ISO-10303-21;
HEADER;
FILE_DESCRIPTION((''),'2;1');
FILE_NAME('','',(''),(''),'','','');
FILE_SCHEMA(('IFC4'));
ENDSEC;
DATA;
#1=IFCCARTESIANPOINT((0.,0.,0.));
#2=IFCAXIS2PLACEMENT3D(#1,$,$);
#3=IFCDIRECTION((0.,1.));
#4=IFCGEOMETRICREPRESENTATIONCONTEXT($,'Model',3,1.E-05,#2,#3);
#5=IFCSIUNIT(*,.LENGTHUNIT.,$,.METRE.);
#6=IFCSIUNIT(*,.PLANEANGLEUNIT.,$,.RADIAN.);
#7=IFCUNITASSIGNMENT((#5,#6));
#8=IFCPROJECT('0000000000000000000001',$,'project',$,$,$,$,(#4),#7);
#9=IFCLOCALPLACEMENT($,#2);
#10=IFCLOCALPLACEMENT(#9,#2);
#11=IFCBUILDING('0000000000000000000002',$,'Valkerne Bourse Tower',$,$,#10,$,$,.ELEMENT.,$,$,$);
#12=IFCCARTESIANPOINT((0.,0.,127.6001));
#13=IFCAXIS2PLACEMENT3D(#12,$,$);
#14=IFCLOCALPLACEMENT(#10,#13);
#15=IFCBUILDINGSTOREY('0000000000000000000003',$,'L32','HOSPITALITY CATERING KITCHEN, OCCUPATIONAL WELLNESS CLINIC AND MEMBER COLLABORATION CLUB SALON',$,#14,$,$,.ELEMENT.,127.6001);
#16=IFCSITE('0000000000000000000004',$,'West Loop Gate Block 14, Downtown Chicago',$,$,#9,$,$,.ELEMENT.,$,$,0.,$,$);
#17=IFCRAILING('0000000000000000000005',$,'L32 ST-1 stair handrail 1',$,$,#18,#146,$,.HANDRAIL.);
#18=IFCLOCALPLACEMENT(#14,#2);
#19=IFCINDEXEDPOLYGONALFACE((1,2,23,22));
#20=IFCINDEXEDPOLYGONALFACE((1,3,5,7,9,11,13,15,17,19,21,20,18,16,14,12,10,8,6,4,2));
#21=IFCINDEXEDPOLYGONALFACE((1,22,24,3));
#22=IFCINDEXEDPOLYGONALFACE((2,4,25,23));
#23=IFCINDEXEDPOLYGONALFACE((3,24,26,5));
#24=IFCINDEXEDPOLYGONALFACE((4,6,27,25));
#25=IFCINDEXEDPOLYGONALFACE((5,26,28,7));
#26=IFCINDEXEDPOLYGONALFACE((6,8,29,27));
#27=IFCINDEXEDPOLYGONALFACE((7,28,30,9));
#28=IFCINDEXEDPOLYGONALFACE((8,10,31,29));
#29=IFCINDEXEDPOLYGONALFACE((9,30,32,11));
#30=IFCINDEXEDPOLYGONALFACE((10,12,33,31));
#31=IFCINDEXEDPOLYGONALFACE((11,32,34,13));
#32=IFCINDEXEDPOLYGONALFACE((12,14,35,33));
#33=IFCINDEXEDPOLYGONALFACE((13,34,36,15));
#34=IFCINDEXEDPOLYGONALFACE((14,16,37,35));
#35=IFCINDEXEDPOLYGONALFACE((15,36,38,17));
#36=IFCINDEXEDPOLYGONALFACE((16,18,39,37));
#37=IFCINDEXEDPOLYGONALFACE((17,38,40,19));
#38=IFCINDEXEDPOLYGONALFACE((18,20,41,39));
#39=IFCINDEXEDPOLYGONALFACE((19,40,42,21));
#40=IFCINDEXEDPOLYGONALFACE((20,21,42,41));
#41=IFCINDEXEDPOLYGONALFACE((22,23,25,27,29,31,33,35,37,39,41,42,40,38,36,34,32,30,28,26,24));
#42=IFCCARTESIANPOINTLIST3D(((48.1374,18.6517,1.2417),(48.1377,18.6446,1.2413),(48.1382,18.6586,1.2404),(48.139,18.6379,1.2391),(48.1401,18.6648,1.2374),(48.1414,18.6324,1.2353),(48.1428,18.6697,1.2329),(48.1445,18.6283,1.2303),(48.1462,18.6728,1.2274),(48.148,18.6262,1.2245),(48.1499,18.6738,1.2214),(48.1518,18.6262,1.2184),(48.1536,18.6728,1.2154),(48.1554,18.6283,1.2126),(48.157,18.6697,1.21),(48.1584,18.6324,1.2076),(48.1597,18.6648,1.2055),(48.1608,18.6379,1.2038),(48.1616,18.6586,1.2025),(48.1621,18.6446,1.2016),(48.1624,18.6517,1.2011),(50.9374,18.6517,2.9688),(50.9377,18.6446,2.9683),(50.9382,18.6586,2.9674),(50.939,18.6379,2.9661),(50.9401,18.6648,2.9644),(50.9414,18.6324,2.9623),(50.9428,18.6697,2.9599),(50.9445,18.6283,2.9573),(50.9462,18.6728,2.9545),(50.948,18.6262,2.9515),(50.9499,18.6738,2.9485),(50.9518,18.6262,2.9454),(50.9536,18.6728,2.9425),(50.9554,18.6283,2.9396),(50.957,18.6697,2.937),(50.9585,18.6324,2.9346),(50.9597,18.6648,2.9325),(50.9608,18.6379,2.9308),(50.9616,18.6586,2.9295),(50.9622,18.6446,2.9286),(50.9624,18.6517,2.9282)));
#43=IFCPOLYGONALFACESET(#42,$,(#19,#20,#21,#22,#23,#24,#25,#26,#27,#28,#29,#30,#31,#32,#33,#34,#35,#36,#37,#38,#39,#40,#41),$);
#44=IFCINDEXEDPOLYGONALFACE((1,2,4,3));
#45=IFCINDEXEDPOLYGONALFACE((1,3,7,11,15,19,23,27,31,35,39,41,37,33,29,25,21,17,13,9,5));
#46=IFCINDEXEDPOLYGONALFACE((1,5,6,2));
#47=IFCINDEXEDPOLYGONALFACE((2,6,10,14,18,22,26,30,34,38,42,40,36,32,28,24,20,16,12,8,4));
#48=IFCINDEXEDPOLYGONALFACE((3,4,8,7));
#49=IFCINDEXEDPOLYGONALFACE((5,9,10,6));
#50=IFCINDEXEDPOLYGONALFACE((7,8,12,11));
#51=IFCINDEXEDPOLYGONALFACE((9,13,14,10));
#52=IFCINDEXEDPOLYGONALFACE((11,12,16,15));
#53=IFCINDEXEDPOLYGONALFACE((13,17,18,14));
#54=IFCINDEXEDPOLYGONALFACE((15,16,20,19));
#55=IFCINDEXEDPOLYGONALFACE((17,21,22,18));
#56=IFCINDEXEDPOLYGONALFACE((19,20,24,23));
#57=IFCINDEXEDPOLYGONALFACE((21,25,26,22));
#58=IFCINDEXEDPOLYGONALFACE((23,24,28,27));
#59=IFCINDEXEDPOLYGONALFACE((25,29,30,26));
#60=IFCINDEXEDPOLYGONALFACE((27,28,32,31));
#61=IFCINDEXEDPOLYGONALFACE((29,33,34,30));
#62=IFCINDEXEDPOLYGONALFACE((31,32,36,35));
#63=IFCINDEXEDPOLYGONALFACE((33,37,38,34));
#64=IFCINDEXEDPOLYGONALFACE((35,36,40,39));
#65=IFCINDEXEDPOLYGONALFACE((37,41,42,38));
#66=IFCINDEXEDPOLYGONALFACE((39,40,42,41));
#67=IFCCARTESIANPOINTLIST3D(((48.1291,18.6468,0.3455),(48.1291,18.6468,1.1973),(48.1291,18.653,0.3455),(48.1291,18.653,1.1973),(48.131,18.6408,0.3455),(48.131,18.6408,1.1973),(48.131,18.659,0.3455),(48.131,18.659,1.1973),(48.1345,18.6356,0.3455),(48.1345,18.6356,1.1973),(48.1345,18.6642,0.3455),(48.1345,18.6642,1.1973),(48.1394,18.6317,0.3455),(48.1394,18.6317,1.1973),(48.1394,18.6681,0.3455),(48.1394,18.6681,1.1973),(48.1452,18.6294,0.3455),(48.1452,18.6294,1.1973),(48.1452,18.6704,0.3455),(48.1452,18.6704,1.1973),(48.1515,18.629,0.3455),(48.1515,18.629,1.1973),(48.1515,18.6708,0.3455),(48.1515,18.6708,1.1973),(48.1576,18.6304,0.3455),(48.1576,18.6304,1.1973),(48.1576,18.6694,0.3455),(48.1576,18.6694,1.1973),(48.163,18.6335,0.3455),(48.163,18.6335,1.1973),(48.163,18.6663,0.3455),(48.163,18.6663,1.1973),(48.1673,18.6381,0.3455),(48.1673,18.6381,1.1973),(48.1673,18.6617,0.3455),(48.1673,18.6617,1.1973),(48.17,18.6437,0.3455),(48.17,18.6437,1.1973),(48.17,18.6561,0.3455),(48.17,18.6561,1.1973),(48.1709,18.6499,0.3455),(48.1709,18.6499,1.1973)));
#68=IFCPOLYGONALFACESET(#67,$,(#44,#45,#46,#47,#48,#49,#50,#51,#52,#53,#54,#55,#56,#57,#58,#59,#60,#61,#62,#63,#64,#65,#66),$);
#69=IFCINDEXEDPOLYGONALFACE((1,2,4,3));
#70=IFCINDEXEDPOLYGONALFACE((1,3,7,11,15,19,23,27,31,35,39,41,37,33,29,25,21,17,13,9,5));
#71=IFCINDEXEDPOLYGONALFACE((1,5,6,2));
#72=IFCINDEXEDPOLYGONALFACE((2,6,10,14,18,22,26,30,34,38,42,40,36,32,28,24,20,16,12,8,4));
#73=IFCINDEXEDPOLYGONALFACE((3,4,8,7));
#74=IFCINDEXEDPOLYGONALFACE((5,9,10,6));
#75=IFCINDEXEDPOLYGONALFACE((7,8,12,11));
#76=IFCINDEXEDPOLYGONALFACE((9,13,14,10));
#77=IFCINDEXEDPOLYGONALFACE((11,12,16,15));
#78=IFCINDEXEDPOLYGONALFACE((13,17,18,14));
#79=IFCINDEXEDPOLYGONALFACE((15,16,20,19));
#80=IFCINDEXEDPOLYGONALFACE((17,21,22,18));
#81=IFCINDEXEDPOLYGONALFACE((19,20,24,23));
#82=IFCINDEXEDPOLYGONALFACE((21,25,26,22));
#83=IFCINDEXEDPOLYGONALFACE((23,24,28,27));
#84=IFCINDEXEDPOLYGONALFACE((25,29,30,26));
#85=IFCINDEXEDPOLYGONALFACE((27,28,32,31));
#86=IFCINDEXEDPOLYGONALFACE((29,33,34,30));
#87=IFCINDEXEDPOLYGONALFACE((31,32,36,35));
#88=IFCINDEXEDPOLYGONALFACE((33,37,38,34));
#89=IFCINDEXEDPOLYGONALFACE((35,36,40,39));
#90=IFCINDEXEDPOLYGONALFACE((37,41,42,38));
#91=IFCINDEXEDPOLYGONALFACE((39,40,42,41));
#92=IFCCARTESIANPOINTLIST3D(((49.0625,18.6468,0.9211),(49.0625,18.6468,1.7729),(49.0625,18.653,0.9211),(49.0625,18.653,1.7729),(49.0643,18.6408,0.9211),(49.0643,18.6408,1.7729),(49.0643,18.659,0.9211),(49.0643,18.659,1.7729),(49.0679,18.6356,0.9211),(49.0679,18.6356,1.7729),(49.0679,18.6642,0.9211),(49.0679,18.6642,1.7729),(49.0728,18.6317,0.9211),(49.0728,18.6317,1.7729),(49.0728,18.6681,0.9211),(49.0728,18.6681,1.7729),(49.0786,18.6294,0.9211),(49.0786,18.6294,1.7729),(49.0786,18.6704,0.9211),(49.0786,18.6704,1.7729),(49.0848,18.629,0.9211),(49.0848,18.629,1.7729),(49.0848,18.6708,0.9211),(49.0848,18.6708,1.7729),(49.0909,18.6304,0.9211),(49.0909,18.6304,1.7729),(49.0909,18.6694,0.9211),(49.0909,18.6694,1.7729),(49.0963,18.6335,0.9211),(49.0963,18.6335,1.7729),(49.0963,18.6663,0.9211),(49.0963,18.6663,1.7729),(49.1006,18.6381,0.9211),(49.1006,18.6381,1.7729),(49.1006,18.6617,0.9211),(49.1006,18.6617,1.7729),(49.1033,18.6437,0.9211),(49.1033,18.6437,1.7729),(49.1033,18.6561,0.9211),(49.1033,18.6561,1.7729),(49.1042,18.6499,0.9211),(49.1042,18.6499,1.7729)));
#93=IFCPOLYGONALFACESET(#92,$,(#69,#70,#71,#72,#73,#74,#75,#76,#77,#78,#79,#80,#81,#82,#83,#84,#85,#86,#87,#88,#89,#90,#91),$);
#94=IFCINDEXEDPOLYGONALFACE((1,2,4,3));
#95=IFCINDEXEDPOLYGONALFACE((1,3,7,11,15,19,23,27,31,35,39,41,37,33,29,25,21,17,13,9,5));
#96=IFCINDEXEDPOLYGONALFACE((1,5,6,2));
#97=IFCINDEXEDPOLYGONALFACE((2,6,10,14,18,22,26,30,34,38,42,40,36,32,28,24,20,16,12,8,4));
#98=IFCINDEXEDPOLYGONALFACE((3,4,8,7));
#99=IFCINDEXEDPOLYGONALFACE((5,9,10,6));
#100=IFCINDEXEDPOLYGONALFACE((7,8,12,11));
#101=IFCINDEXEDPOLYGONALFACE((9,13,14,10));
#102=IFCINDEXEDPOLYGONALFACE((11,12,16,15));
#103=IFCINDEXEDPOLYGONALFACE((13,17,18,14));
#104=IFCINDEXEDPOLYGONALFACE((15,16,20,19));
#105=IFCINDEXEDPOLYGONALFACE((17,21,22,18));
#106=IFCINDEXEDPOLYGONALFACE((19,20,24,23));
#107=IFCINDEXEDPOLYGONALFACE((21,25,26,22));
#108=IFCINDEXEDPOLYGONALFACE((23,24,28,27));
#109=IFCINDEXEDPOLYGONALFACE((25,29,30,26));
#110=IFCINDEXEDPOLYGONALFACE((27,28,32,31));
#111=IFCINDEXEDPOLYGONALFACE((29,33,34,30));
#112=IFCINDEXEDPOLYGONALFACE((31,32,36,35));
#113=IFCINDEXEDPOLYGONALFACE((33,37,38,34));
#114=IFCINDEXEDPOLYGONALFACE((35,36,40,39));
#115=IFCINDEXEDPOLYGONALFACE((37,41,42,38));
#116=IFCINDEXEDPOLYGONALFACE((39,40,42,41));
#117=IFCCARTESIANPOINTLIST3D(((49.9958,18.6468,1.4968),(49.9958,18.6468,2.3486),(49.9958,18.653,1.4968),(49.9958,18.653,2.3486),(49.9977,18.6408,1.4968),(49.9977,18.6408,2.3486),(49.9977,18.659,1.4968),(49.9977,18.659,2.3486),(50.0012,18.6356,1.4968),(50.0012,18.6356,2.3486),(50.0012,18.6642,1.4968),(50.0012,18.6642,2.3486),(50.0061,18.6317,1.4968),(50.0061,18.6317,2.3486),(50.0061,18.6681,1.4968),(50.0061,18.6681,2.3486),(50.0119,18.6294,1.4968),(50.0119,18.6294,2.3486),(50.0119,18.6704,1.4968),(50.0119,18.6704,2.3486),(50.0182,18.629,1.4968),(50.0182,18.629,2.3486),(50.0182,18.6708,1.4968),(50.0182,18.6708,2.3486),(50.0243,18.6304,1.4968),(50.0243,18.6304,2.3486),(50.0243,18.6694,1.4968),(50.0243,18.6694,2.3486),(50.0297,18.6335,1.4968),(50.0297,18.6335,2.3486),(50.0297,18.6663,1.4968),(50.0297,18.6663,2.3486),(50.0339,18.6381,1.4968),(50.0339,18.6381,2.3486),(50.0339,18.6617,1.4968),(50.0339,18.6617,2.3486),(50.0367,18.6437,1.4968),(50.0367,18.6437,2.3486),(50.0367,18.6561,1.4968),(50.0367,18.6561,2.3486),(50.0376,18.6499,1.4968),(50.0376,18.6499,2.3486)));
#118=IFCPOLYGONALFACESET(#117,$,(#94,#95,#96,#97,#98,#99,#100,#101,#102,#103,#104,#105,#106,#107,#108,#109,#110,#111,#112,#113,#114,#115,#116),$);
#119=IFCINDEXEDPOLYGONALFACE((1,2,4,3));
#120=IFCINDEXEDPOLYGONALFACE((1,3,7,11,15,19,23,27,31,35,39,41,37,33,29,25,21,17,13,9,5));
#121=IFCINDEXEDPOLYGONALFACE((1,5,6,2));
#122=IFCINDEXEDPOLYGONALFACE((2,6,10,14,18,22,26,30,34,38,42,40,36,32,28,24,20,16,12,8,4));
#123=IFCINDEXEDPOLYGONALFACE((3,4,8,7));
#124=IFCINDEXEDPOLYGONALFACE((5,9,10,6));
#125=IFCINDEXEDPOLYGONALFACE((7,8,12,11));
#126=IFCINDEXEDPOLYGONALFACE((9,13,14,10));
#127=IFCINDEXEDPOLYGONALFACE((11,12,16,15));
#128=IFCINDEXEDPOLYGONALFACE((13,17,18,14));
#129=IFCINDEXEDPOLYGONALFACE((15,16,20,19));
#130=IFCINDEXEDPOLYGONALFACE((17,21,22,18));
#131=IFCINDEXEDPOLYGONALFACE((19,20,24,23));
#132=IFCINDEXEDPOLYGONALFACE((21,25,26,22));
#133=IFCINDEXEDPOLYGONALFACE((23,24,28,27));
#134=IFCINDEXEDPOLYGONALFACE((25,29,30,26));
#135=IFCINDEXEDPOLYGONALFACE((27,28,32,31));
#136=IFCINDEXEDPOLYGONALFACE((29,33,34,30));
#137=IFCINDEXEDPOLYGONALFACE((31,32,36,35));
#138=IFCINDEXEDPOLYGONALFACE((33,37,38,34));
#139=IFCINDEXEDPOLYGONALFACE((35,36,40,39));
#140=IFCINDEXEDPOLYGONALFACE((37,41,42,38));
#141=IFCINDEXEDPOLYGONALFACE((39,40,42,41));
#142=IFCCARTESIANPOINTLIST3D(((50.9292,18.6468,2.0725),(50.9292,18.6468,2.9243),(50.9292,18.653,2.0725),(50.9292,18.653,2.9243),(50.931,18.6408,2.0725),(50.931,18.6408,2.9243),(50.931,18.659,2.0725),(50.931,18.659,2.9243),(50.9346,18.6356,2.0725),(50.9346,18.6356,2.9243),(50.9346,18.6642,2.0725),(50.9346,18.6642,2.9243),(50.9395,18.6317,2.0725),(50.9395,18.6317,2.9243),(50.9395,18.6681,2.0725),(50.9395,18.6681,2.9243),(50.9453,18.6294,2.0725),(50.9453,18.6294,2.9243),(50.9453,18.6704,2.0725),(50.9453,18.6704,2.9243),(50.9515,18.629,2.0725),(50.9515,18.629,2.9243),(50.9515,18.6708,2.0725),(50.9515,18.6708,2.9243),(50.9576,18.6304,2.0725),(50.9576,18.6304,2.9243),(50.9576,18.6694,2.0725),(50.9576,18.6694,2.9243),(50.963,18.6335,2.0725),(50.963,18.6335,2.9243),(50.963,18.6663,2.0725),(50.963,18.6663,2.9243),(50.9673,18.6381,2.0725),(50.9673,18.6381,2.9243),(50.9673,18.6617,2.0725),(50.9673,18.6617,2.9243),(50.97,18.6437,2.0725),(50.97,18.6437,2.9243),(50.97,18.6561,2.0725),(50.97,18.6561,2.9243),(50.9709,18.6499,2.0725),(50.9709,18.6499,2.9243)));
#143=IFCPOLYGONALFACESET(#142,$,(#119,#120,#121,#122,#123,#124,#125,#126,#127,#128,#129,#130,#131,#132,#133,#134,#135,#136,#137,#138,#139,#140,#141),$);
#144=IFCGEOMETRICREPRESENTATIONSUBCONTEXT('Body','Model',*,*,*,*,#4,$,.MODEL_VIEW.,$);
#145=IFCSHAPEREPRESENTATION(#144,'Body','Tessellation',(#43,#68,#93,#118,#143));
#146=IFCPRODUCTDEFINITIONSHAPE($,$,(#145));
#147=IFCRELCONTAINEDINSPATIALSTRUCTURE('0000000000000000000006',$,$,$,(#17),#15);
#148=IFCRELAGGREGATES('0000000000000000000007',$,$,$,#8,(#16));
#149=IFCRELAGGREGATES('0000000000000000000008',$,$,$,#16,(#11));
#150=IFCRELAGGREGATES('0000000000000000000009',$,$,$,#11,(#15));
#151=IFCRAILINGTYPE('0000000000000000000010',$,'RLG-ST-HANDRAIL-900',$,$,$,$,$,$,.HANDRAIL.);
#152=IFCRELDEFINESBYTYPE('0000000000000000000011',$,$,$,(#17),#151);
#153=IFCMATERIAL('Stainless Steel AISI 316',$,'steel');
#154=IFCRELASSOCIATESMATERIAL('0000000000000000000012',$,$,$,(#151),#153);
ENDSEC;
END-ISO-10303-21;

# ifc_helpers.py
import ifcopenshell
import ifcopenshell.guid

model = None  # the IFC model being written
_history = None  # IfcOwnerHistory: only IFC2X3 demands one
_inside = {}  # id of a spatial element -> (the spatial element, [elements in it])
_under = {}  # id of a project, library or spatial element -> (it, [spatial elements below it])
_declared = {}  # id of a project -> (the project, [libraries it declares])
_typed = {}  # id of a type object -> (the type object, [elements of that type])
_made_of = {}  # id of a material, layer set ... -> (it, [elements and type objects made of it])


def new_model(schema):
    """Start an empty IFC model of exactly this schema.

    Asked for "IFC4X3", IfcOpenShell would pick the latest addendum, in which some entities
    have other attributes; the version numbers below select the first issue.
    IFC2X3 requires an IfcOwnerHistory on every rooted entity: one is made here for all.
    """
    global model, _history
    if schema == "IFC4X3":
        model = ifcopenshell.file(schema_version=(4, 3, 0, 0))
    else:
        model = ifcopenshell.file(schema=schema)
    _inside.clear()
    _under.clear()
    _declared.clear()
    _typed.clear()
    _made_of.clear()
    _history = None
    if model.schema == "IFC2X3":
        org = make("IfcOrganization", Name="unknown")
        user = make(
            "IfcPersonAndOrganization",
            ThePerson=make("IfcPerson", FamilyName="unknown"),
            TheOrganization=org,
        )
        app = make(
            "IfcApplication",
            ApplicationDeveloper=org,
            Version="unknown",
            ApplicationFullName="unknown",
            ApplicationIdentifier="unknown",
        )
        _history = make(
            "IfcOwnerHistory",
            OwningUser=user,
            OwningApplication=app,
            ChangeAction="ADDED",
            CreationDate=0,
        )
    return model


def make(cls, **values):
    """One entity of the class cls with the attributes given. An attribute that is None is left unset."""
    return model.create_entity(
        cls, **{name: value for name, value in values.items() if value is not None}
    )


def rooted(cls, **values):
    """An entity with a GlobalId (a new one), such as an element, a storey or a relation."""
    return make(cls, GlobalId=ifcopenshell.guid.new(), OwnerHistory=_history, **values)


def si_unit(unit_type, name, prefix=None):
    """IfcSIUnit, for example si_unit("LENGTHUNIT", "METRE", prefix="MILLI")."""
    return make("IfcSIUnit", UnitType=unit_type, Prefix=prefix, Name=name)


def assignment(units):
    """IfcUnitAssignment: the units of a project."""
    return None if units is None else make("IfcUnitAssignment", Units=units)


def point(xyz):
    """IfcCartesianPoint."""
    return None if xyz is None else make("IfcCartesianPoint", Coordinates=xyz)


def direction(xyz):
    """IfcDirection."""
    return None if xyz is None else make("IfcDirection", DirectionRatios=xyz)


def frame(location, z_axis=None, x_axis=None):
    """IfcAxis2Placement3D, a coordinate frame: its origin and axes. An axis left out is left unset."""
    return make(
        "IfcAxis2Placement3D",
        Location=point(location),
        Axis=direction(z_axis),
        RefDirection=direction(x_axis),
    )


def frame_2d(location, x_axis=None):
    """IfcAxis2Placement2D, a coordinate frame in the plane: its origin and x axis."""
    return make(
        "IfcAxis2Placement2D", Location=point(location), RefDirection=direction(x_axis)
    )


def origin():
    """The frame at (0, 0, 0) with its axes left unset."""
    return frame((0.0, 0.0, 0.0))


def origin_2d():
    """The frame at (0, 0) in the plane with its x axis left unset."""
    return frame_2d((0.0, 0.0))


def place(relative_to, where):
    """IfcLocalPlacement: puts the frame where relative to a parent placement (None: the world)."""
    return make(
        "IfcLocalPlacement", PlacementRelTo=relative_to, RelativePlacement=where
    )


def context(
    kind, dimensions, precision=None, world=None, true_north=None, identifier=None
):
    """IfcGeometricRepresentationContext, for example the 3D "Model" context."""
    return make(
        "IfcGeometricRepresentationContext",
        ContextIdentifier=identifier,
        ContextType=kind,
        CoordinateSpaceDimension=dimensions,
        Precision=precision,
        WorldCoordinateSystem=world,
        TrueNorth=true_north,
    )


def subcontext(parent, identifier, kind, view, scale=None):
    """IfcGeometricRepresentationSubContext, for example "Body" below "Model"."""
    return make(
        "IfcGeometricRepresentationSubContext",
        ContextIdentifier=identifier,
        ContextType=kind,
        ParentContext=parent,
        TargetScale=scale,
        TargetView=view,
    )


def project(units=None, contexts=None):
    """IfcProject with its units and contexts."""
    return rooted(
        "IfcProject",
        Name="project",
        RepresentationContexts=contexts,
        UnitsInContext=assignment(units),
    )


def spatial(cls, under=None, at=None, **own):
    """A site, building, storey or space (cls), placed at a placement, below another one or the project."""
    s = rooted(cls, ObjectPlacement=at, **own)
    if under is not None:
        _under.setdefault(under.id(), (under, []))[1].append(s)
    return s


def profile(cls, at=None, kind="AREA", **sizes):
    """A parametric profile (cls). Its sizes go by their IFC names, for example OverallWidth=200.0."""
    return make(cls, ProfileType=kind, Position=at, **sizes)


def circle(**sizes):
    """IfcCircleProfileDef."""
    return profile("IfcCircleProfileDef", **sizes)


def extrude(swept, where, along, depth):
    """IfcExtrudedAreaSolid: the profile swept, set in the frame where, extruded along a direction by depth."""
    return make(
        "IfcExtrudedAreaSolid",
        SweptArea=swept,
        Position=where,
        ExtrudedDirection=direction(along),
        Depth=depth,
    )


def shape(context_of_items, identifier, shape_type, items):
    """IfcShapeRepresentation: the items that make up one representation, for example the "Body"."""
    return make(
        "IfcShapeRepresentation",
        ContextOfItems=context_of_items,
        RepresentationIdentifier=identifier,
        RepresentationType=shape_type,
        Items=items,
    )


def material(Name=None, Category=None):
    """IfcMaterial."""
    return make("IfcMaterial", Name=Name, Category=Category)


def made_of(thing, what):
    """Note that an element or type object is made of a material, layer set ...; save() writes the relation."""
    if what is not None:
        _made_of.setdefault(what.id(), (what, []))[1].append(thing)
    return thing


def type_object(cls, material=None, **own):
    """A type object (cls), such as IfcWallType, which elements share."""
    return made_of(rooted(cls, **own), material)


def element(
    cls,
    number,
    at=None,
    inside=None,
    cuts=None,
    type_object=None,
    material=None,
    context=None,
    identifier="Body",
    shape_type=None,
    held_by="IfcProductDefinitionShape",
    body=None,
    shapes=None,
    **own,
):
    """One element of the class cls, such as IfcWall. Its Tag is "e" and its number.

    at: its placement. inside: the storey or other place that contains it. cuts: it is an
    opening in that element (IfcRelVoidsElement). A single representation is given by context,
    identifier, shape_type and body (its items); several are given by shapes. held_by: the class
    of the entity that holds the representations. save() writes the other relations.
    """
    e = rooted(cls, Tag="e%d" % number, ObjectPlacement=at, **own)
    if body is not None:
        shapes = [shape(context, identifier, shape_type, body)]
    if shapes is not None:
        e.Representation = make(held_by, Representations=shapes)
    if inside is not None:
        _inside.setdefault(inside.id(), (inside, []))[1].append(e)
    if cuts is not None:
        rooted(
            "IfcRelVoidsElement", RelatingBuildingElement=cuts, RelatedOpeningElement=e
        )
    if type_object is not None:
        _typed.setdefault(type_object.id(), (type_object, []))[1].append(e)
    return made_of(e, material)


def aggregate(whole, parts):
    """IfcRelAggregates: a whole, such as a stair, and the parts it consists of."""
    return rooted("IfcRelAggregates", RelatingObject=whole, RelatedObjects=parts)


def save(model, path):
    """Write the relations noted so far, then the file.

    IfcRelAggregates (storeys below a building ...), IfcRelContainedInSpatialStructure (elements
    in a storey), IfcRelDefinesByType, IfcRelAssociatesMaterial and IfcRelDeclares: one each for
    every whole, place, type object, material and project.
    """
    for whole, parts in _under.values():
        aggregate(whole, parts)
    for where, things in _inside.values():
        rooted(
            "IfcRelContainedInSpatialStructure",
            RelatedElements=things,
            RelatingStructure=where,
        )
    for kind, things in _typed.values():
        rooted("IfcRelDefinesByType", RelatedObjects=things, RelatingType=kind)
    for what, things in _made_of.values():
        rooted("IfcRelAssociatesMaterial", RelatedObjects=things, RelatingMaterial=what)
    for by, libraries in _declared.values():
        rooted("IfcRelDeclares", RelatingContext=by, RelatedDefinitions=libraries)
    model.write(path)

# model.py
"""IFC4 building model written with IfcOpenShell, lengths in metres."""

from ifc_helpers import new_model, si_unit, direction, frame, origin, origin_2d, place, context, subcontext, project, spatial, circle, extrude, material, type_object, element, save


model = new_model("IFC4")

# Units and contexts
model_context = context("Model", 3, precision=1e-05, world=origin(), true_north=direction((0.0, 1.0)))
body_context = subcontext(model_context, "Body", "Model", "MODEL_VIEW")
ifc_project = project(units=[si_unit("LENGTHUNIT", "METRE"), si_unit("PLANEANGLEUNIT", "RADIAN")], contexts=[model_context])

# Site, building, storey
site_placement = place(None, origin())
site = spatial("IfcSite", under=ifc_project, at=site_placement, Name="West Loop Gate Block 14, Downtown Chicago", CompositionType="ELEMENT", RefElevation=0.0)
building_placement = place(site_placement, origin())
building = spatial("IfcBuilding", under=site, at=building_placement, Name="Valkerne Bourse Tower", CompositionType="ELEMENT")
storey_placement = place(building_placement, frame((0.0, 0.0, 127.6001)))
storey = spatial("IfcBuildingStorey", under=building, at=storey_placement, Name="L32", Description="HOSPITALITY CATERING KITCHEN, OCCUPATIONAL WELLNESS CLINIC AND MEMBER COLLABORATION CLUB SALON", CompositionType="ELEMENT", Elevation=127.6001)

# Shared definitions
ifc_material_1 = material(Name="Stainless Steel AISI 316", Category="steel")

# Railing
railing_type_1 = type_object("IfcRailingType", Name="RLG-ST-HANDRAIL-900", PredefinedType="HANDRAIL", material=ifc_material_1)
railing_1_placement = place(storey_placement, frame((48.1499, 18.6499, 0.3455)))
element("IfcRailing", 1, at=railing_1_placement, inside=storey, type_object=railing_type_1, Name="L32 ST-1 stair handrail 1", PredefinedType="HANDRAIL", context=body_context, shape_type="SweptSolid", body=[
    extrude(circle(Radius=0.0239, at=origin_2d()), frame((0.0, 0.0, 0.876), z_axis=(0.851123, 0.0, 0.524967), x_axis=(0.0, 1.0, 0.0)), (0.0, 0.0, 1.0), 3.2898),
    extrude(circle(Radius=0.021, at=origin_2d()), origin(), (0.0, 0.0, 1.0), 0.8518),
    extrude(circle(Radius=0.021, at=origin_2d()), frame((0.9333, 0.0, 0.5757)), (0.0, 0.0, 1.0), 0.8518),
    extrude(circle(Radius=0.021, at=origin_2d()), frame((1.8667, 0.0, 1.1514)), (0.0, 0.0, 1.0), 0.8518),
    extrude(circle(Radius=0.021, at=origin_2d()), frame((2.8, 0.0, 1.7271)), (0.0, 0.0, 1.0), 0.8518),
])

save(model, "model.ifc")
